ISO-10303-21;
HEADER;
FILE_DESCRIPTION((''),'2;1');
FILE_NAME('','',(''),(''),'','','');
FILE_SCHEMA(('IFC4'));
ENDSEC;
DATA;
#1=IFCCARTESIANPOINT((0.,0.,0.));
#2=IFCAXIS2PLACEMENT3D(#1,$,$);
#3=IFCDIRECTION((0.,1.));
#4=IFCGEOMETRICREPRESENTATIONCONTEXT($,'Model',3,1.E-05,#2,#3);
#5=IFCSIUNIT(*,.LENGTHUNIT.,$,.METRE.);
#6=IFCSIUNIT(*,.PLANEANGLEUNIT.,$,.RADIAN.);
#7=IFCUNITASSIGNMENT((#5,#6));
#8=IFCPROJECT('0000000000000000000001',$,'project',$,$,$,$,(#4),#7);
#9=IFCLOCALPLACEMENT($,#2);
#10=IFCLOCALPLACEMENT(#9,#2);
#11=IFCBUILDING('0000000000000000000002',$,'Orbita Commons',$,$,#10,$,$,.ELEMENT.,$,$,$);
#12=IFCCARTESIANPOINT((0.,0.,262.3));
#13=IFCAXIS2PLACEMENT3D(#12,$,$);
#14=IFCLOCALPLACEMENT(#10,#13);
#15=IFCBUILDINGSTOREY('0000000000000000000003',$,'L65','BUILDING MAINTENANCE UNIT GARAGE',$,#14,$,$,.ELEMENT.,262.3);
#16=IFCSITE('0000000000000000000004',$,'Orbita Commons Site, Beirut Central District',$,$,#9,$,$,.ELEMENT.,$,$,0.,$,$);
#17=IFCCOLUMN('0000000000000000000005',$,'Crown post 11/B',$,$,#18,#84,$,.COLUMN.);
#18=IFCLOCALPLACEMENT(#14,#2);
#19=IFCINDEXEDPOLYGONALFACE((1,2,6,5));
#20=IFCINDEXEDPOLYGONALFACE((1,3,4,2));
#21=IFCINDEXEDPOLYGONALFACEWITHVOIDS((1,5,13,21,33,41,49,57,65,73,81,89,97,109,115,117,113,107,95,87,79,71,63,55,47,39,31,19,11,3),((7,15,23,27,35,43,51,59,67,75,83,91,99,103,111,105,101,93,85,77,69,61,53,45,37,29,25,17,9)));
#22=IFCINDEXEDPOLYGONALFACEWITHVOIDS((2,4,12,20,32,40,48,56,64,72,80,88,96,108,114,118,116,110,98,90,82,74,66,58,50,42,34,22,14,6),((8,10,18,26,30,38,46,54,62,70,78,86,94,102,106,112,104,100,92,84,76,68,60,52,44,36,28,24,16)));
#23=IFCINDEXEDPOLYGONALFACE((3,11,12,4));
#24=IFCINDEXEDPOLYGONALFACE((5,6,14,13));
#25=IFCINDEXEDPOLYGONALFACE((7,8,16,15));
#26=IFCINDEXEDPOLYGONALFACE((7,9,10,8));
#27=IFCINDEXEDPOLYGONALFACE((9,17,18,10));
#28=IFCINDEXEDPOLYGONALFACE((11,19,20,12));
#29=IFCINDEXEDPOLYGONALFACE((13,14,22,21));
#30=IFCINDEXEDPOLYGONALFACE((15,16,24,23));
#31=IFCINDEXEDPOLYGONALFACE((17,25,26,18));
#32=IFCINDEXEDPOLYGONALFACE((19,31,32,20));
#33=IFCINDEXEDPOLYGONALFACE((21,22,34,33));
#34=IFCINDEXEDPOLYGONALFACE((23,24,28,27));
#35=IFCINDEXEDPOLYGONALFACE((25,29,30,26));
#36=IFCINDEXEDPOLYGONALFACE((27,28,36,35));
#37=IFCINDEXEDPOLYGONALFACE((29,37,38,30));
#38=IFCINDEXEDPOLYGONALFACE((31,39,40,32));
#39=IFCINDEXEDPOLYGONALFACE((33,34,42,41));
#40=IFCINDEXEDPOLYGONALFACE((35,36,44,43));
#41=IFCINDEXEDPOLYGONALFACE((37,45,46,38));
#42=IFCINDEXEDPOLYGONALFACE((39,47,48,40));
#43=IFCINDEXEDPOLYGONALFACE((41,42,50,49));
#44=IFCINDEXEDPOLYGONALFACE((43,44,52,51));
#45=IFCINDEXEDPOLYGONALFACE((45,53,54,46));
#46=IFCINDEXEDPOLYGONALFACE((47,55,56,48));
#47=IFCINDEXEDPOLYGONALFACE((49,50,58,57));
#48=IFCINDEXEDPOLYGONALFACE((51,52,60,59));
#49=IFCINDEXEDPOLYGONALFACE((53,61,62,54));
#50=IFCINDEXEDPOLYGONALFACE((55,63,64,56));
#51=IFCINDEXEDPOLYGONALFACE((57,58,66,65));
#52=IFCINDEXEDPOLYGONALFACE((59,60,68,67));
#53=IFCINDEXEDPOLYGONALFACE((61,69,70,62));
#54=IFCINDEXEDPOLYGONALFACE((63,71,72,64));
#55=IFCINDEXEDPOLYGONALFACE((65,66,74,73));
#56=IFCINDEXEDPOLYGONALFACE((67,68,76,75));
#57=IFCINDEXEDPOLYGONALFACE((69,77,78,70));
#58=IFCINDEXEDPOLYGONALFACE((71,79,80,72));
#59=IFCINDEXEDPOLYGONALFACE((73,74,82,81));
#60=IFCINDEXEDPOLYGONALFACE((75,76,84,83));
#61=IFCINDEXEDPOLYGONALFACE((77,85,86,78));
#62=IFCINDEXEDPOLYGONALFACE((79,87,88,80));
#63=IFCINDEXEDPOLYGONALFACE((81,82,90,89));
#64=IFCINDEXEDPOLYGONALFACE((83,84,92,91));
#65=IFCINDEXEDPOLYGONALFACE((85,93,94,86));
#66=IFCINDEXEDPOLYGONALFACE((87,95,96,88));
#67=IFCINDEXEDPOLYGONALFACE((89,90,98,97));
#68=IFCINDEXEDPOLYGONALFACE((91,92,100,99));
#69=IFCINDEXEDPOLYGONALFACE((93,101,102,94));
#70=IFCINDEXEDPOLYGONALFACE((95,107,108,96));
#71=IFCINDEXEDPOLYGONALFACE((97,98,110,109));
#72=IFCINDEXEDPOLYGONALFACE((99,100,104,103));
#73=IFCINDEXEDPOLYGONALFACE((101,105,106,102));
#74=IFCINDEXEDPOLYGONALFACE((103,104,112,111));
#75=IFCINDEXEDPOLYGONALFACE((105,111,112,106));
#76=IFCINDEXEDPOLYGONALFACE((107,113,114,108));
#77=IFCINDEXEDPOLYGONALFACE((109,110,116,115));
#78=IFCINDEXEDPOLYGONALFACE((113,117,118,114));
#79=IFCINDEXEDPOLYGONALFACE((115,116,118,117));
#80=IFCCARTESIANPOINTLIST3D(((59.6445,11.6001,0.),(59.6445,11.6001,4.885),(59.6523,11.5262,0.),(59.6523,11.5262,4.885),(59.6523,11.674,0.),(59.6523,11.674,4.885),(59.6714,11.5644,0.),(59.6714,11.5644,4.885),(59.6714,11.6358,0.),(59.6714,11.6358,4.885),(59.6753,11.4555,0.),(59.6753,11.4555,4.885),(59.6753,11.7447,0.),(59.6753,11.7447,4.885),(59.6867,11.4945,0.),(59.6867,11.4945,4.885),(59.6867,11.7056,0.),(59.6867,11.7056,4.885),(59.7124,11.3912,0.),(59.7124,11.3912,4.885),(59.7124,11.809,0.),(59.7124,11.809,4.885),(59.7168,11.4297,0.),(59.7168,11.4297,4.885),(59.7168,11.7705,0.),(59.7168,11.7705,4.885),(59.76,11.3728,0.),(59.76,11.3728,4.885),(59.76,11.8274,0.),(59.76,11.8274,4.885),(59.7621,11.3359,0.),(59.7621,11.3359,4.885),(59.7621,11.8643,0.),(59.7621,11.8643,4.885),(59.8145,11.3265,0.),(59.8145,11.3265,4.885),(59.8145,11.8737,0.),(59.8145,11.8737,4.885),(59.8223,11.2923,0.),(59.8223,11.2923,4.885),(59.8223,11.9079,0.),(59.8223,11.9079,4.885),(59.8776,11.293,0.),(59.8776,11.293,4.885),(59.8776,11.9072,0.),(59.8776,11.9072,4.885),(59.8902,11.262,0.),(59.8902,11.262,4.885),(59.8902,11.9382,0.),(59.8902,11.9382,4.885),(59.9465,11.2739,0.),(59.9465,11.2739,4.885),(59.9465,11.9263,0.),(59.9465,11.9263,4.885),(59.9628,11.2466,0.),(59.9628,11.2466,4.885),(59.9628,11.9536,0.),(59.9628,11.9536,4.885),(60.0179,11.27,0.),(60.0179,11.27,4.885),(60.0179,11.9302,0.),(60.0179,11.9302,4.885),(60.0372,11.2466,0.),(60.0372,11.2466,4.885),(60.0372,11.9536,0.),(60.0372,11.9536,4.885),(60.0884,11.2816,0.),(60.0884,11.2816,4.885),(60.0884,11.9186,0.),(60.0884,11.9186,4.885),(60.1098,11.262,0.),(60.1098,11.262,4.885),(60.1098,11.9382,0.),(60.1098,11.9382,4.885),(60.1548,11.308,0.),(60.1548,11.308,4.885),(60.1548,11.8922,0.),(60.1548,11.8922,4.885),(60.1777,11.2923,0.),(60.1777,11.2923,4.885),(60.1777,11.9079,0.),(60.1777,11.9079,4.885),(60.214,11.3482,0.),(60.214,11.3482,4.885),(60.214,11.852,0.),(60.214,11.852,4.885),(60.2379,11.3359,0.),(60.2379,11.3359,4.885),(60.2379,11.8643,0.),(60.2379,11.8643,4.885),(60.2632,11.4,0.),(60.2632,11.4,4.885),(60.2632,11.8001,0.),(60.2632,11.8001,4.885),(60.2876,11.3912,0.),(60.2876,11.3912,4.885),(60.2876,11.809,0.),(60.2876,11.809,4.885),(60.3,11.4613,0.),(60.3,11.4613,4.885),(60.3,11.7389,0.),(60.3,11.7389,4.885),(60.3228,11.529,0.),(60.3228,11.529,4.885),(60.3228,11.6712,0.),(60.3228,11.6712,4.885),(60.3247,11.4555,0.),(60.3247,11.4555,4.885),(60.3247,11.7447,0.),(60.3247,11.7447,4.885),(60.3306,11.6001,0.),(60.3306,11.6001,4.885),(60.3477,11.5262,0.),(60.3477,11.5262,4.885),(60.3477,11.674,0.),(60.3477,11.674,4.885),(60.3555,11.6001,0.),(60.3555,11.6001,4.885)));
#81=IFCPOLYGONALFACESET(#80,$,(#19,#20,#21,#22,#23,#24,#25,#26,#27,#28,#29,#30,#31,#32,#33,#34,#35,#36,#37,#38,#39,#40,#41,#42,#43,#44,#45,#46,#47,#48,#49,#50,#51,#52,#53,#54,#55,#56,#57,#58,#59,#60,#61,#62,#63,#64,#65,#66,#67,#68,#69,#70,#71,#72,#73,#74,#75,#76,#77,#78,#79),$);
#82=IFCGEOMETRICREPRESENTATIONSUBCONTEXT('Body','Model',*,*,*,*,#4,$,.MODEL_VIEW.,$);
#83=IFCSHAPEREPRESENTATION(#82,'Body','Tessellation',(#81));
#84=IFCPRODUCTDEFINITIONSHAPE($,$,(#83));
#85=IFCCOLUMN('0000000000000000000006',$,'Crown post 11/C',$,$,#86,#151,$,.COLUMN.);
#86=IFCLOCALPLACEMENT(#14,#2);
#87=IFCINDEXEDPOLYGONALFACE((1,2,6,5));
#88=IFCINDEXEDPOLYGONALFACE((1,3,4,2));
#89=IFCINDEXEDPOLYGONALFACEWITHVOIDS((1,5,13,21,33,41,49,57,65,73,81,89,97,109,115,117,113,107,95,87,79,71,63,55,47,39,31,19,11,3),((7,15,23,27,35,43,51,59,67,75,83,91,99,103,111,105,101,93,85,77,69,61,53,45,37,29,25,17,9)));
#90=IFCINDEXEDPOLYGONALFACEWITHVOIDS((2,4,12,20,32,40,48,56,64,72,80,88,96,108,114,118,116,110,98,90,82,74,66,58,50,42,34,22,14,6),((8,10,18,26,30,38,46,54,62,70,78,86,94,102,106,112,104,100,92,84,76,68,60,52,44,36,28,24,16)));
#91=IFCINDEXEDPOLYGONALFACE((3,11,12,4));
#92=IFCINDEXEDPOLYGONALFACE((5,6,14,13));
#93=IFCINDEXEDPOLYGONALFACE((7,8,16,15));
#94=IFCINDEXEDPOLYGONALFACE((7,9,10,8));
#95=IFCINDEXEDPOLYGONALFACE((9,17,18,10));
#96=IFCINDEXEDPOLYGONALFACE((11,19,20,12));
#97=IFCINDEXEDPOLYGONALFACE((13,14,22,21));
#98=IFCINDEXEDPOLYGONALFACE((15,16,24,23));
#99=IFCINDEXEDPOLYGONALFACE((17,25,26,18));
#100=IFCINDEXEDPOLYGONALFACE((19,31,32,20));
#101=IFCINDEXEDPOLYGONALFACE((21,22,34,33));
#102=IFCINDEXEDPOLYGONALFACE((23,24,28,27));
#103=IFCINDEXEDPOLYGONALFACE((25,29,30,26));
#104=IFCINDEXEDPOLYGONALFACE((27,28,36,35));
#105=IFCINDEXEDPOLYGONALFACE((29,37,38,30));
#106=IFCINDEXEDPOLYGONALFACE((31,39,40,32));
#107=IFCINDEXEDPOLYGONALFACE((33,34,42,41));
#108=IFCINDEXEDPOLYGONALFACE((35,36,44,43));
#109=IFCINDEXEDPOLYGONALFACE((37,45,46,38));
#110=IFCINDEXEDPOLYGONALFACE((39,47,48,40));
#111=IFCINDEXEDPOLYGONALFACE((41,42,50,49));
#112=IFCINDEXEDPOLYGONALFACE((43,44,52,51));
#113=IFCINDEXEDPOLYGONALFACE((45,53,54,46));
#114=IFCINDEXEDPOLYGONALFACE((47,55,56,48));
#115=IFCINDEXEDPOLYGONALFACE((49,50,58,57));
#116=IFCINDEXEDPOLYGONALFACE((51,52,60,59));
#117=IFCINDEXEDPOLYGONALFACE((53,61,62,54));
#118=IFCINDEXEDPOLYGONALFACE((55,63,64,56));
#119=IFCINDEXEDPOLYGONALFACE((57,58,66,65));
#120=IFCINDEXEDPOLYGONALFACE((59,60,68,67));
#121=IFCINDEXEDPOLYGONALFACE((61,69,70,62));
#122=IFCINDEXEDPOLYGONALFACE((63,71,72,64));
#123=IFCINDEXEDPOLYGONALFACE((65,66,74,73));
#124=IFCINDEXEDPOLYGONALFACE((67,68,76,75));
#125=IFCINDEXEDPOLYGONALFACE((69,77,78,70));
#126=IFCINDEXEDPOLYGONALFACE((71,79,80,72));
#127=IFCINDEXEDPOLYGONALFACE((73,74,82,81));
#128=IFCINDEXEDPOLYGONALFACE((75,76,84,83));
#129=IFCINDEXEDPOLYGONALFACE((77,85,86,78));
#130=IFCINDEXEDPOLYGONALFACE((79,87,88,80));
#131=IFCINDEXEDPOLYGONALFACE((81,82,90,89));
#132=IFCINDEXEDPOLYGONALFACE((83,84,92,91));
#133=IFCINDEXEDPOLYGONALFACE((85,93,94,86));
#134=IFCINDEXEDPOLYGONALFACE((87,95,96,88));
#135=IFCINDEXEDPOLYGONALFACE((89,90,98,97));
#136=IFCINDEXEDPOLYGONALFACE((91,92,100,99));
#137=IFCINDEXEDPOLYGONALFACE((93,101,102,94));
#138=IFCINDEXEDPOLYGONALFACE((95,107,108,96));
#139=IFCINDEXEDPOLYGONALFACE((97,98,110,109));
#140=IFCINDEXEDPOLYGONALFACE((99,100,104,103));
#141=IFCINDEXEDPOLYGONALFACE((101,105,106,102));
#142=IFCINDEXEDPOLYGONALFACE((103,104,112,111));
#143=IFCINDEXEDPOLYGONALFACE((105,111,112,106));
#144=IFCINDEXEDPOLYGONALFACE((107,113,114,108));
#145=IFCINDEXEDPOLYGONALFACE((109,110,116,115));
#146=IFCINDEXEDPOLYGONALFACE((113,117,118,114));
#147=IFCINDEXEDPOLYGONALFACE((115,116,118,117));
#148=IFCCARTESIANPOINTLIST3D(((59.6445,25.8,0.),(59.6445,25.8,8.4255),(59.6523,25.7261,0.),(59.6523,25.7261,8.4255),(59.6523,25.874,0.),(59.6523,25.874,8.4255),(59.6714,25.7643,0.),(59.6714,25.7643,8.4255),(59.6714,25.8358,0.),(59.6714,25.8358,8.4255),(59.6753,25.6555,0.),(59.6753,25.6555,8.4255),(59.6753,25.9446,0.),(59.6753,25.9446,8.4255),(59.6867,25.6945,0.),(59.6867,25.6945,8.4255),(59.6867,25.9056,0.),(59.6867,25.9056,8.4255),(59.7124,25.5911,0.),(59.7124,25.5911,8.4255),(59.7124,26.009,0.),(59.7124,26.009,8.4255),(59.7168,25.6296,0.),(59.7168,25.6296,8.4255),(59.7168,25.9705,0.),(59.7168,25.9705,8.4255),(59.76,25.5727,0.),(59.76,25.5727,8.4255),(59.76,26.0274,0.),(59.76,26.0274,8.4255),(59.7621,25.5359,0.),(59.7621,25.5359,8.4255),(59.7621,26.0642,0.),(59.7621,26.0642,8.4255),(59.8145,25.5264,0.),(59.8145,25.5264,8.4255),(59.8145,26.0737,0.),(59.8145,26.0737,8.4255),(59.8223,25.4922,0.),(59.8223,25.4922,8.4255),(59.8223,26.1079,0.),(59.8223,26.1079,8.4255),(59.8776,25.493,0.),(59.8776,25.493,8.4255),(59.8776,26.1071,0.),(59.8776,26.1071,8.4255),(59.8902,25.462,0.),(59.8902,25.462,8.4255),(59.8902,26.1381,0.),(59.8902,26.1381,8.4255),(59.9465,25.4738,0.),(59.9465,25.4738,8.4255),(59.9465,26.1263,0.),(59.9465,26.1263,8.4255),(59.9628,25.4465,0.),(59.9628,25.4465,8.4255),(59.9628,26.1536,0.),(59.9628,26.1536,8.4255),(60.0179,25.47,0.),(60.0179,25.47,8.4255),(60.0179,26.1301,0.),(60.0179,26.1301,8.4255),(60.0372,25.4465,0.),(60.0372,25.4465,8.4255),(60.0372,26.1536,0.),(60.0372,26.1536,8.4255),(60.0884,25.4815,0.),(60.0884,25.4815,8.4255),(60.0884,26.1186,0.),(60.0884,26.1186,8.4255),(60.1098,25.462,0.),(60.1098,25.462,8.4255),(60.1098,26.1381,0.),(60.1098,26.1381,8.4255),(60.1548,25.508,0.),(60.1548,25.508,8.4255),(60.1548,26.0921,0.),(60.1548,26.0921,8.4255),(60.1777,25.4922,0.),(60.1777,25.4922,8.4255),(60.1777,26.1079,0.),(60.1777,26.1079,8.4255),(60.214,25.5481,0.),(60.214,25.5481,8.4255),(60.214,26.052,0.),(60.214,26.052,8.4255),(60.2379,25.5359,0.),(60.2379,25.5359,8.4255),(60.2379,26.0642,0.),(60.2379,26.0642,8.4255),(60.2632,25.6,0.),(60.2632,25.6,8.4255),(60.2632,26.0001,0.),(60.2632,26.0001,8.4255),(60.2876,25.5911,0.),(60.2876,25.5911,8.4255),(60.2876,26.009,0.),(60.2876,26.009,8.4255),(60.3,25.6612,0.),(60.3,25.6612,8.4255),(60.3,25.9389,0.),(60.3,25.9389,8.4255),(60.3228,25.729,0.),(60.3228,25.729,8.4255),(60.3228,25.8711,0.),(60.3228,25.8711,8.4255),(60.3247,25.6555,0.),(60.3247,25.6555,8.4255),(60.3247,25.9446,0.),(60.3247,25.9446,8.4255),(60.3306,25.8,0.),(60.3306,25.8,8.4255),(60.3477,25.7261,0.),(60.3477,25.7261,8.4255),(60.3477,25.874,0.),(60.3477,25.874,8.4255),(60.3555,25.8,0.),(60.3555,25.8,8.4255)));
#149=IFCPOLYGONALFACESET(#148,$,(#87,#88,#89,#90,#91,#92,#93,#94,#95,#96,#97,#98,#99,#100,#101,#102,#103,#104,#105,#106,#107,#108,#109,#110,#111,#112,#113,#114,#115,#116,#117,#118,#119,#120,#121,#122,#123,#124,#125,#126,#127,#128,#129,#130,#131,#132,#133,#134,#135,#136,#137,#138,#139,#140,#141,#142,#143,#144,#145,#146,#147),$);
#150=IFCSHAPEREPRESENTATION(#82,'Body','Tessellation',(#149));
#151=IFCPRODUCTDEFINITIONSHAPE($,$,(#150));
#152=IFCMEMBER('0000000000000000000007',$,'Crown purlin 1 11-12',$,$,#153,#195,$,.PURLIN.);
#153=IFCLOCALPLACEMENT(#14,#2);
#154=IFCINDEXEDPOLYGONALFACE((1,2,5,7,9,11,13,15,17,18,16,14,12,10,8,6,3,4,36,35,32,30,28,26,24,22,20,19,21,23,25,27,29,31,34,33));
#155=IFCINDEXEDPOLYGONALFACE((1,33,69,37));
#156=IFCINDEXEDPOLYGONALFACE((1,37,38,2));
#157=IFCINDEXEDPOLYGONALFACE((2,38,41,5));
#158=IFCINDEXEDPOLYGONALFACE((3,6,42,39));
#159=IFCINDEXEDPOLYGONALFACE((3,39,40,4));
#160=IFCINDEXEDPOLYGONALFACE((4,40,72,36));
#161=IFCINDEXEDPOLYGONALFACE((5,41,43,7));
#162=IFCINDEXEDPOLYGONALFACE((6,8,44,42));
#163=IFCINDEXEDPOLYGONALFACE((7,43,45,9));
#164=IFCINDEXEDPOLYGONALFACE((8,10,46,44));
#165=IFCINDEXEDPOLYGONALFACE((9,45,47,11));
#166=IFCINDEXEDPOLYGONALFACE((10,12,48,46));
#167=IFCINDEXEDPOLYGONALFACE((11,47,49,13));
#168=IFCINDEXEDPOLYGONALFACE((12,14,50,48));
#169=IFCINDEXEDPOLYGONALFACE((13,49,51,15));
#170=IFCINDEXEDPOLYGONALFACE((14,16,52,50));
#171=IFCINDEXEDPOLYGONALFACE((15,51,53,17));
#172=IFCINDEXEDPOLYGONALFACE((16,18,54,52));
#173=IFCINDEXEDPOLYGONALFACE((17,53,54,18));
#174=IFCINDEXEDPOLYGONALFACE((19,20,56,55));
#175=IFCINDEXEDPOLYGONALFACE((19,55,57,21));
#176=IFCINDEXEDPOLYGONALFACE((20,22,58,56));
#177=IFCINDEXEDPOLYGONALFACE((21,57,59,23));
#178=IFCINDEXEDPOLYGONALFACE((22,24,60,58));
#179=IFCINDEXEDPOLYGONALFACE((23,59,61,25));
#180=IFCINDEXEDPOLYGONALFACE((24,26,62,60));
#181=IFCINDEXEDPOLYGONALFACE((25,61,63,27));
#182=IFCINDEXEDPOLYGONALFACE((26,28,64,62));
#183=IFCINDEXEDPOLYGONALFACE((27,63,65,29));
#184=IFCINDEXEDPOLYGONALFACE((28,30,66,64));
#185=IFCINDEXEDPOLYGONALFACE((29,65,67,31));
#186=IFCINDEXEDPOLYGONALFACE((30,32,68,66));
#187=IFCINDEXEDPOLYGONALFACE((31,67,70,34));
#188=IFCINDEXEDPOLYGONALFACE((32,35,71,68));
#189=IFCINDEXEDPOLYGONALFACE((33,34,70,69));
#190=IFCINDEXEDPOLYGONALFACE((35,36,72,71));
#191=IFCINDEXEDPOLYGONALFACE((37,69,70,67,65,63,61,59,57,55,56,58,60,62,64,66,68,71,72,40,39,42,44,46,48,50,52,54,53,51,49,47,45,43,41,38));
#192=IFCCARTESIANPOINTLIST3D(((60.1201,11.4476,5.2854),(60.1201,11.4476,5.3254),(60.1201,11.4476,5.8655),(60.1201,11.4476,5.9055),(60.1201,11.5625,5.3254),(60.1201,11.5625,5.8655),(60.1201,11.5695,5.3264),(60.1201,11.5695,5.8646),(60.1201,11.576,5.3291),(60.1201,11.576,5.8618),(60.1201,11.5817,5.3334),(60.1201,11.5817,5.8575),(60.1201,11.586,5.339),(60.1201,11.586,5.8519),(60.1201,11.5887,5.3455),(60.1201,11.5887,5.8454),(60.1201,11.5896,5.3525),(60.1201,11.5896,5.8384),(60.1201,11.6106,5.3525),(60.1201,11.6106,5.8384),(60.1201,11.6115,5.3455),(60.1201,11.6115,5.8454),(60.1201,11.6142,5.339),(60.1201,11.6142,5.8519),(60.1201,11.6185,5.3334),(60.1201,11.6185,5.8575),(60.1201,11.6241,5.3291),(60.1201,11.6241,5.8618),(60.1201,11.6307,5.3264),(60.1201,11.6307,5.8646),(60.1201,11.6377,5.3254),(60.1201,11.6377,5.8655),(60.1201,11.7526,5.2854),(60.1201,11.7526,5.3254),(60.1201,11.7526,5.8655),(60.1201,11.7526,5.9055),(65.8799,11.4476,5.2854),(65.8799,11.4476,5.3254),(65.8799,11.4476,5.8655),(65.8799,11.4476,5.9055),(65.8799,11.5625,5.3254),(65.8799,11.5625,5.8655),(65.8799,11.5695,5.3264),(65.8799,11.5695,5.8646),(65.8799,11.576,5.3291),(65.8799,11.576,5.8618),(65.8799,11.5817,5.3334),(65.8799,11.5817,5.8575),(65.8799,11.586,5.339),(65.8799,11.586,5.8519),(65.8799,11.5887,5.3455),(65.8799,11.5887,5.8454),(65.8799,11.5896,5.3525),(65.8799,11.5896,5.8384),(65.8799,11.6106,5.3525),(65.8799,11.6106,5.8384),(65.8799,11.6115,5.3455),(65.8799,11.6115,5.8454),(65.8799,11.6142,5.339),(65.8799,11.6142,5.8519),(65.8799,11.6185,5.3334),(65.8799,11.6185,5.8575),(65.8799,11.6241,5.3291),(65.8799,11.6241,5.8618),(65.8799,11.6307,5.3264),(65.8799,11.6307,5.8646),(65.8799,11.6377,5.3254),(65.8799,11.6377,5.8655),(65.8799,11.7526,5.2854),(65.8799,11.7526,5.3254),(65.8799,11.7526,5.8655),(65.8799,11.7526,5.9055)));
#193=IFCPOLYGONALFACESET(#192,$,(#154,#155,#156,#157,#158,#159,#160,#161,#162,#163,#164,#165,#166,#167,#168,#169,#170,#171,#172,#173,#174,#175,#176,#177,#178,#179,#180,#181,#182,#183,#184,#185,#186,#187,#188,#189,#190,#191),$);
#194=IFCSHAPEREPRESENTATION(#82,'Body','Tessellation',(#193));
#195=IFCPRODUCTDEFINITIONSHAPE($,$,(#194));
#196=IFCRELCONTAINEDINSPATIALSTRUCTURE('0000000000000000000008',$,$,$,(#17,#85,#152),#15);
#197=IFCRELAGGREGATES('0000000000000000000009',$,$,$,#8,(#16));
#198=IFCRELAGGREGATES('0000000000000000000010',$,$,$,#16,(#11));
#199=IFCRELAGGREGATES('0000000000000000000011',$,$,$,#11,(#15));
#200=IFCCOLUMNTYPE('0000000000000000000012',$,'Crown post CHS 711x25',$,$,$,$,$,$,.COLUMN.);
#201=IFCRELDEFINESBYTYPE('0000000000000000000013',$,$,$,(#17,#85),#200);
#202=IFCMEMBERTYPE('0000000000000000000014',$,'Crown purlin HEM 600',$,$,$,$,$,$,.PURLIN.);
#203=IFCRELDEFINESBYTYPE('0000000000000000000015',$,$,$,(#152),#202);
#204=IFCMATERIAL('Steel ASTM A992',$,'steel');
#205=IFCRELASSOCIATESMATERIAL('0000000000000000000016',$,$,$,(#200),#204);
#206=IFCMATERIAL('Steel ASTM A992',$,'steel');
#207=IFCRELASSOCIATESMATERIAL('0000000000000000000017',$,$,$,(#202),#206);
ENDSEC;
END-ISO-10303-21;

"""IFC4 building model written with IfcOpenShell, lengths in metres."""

from ifc_helpers import new_model, si_unit, direction, frame, origin, origin_2d, place, context, subcontext, project, spatial, hollow_circle, i_section, extrude, material, material_profile, profile_set, type_object, element, save


model = new_model("IFC4")

# Units and contexts
model_context = context("Model", 3, precision=1e-05, world=origin(), true_north=direction((0.0, 1.0)))
body_context = subcontext(model_context, "Body", "Model", "MODEL_VIEW")
ifc_project = project(units=[si_unit("LENGTHUNIT", "METRE"), si_unit("PLANEANGLEUNIT", "RADIAN")], contexts=[model_context])

# Site, building, storey
site_placement = place(None, origin())
site = spatial("IfcSite", under=ifc_project, at=site_placement, Name="Orbita Commons Site, Beirut Central District", CompositionType="ELEMENT", RefElevation=0.0)
building_placement = place(site_placement, origin())
building = spatial("IfcBuilding", under=site, at=building_placement, Name="Orbita Commons", CompositionType="ELEMENT")
storey_placement = place(building_placement, frame((0.0, 0.0, 262.3)))
storey = spatial("IfcBuildingStorey", under=building, at=storey_placement, Name="L65", Description="BUILDING MAINTENANCE UNIT GARAGE", CompositionType="ELEMENT", Elevation=262.3)

# Columns
ifc_material_1 = material(Name="Steel ASTM A992", Category="steel")
ifc_material_profile_1 = material_profile(ifc_material_1, hollow_circle(Radius=0.3555, WallThickness=0.0249, at=origin_2d()), Name="CHS 711x25")
ifc_profile_set_1 = profile_set([ifc_material_profile_1], Name="Steel ASTM A992")
column_type = type_object("IfcColumnType", Name="Crown post CHS 711x25", PredefinedType="COLUMN", material=ifc_profile_set_1)
column_1_placement = place(storey_placement, frame((60.0, 11.6001, 0.0), z_axis=(0.0, 0.0, 1.0), x_axis=(1.0, 0.0, 0.0)))
element("IfcColumn", 1, at=column_1_placement, inside=storey, type_object=column_type, Name="Crown post 11/B", PredefinedType="COLUMN", context=body_context, shape_type="SweptSolid", body=[
    extrude(hollow_circle(Radius=0.3555, WallThickness=0.0249, at=origin_2d()), origin(), (0.0, 0.0, 1.0), 4.885),
])
column_2_placement = place(storey_placement, frame((60.0, 25.8, 0.0), z_axis=(0.0, 0.0, 1.0), x_axis=(1.0, 0.0, 0.0)))
element("IfcColumn", 2, at=column_2_placement, inside=storey, type_object=column_type, Name="Crown post 11/C", PredefinedType="COLUMN", context=body_context, shape_type="SweptSolid", body=[
    extrude(hollow_circle(Radius=0.3555, WallThickness=0.0249, at=origin_2d()), origin(), (0.0, 0.0, 1.0), 8.4255),
])

# Member
ifc_material_2 = material(Name="Steel ASTM A992", Category="steel")
ifc_material_profile_2 = material_profile(ifc_material_2, i_section(OverallWidth=0.3049, OverallDepth=0.6201, WebThickness=0.021, FlangeThickness=0.04, FilletRadius=0.0271, at=origin_2d()), Name="HEM 600")
ifc_profile_set_2 = profile_set([ifc_material_profile_2], Name="Steel ASTM A992")
member_type_1 = type_object("IfcMemberType", Name="Crown purlin HEM 600", PredefinedType="PURLIN", material=ifc_profile_set_2)
for number, where, z_axis, x_axis, name in (
    (3, (60.1201, 11.6001, 5.5955), (1.0, 0.0, 0.0), (0.0, 1.0, 0.0), "Crown purlin 1 11-12"),
):
    element("IfcMember", number, at=place(storey_placement, frame(where, z_axis=z_axis, x_axis=x_axis)), inside=storey, type_object=member_type_1, Name=name, PredefinedType="PURLIN", context=body_context, shape_type="SweptSolid", body=[
        extrude(i_section(OverallWidth=0.3049, OverallDepth=0.6201, WebThickness=0.021, FlangeThickness=0.04, FilletRadius=0.0271, at=origin_2d()), origin(), (0.0, 0.0, 1.0), 5.7598),
    ])

save(model, "model.ifc")
